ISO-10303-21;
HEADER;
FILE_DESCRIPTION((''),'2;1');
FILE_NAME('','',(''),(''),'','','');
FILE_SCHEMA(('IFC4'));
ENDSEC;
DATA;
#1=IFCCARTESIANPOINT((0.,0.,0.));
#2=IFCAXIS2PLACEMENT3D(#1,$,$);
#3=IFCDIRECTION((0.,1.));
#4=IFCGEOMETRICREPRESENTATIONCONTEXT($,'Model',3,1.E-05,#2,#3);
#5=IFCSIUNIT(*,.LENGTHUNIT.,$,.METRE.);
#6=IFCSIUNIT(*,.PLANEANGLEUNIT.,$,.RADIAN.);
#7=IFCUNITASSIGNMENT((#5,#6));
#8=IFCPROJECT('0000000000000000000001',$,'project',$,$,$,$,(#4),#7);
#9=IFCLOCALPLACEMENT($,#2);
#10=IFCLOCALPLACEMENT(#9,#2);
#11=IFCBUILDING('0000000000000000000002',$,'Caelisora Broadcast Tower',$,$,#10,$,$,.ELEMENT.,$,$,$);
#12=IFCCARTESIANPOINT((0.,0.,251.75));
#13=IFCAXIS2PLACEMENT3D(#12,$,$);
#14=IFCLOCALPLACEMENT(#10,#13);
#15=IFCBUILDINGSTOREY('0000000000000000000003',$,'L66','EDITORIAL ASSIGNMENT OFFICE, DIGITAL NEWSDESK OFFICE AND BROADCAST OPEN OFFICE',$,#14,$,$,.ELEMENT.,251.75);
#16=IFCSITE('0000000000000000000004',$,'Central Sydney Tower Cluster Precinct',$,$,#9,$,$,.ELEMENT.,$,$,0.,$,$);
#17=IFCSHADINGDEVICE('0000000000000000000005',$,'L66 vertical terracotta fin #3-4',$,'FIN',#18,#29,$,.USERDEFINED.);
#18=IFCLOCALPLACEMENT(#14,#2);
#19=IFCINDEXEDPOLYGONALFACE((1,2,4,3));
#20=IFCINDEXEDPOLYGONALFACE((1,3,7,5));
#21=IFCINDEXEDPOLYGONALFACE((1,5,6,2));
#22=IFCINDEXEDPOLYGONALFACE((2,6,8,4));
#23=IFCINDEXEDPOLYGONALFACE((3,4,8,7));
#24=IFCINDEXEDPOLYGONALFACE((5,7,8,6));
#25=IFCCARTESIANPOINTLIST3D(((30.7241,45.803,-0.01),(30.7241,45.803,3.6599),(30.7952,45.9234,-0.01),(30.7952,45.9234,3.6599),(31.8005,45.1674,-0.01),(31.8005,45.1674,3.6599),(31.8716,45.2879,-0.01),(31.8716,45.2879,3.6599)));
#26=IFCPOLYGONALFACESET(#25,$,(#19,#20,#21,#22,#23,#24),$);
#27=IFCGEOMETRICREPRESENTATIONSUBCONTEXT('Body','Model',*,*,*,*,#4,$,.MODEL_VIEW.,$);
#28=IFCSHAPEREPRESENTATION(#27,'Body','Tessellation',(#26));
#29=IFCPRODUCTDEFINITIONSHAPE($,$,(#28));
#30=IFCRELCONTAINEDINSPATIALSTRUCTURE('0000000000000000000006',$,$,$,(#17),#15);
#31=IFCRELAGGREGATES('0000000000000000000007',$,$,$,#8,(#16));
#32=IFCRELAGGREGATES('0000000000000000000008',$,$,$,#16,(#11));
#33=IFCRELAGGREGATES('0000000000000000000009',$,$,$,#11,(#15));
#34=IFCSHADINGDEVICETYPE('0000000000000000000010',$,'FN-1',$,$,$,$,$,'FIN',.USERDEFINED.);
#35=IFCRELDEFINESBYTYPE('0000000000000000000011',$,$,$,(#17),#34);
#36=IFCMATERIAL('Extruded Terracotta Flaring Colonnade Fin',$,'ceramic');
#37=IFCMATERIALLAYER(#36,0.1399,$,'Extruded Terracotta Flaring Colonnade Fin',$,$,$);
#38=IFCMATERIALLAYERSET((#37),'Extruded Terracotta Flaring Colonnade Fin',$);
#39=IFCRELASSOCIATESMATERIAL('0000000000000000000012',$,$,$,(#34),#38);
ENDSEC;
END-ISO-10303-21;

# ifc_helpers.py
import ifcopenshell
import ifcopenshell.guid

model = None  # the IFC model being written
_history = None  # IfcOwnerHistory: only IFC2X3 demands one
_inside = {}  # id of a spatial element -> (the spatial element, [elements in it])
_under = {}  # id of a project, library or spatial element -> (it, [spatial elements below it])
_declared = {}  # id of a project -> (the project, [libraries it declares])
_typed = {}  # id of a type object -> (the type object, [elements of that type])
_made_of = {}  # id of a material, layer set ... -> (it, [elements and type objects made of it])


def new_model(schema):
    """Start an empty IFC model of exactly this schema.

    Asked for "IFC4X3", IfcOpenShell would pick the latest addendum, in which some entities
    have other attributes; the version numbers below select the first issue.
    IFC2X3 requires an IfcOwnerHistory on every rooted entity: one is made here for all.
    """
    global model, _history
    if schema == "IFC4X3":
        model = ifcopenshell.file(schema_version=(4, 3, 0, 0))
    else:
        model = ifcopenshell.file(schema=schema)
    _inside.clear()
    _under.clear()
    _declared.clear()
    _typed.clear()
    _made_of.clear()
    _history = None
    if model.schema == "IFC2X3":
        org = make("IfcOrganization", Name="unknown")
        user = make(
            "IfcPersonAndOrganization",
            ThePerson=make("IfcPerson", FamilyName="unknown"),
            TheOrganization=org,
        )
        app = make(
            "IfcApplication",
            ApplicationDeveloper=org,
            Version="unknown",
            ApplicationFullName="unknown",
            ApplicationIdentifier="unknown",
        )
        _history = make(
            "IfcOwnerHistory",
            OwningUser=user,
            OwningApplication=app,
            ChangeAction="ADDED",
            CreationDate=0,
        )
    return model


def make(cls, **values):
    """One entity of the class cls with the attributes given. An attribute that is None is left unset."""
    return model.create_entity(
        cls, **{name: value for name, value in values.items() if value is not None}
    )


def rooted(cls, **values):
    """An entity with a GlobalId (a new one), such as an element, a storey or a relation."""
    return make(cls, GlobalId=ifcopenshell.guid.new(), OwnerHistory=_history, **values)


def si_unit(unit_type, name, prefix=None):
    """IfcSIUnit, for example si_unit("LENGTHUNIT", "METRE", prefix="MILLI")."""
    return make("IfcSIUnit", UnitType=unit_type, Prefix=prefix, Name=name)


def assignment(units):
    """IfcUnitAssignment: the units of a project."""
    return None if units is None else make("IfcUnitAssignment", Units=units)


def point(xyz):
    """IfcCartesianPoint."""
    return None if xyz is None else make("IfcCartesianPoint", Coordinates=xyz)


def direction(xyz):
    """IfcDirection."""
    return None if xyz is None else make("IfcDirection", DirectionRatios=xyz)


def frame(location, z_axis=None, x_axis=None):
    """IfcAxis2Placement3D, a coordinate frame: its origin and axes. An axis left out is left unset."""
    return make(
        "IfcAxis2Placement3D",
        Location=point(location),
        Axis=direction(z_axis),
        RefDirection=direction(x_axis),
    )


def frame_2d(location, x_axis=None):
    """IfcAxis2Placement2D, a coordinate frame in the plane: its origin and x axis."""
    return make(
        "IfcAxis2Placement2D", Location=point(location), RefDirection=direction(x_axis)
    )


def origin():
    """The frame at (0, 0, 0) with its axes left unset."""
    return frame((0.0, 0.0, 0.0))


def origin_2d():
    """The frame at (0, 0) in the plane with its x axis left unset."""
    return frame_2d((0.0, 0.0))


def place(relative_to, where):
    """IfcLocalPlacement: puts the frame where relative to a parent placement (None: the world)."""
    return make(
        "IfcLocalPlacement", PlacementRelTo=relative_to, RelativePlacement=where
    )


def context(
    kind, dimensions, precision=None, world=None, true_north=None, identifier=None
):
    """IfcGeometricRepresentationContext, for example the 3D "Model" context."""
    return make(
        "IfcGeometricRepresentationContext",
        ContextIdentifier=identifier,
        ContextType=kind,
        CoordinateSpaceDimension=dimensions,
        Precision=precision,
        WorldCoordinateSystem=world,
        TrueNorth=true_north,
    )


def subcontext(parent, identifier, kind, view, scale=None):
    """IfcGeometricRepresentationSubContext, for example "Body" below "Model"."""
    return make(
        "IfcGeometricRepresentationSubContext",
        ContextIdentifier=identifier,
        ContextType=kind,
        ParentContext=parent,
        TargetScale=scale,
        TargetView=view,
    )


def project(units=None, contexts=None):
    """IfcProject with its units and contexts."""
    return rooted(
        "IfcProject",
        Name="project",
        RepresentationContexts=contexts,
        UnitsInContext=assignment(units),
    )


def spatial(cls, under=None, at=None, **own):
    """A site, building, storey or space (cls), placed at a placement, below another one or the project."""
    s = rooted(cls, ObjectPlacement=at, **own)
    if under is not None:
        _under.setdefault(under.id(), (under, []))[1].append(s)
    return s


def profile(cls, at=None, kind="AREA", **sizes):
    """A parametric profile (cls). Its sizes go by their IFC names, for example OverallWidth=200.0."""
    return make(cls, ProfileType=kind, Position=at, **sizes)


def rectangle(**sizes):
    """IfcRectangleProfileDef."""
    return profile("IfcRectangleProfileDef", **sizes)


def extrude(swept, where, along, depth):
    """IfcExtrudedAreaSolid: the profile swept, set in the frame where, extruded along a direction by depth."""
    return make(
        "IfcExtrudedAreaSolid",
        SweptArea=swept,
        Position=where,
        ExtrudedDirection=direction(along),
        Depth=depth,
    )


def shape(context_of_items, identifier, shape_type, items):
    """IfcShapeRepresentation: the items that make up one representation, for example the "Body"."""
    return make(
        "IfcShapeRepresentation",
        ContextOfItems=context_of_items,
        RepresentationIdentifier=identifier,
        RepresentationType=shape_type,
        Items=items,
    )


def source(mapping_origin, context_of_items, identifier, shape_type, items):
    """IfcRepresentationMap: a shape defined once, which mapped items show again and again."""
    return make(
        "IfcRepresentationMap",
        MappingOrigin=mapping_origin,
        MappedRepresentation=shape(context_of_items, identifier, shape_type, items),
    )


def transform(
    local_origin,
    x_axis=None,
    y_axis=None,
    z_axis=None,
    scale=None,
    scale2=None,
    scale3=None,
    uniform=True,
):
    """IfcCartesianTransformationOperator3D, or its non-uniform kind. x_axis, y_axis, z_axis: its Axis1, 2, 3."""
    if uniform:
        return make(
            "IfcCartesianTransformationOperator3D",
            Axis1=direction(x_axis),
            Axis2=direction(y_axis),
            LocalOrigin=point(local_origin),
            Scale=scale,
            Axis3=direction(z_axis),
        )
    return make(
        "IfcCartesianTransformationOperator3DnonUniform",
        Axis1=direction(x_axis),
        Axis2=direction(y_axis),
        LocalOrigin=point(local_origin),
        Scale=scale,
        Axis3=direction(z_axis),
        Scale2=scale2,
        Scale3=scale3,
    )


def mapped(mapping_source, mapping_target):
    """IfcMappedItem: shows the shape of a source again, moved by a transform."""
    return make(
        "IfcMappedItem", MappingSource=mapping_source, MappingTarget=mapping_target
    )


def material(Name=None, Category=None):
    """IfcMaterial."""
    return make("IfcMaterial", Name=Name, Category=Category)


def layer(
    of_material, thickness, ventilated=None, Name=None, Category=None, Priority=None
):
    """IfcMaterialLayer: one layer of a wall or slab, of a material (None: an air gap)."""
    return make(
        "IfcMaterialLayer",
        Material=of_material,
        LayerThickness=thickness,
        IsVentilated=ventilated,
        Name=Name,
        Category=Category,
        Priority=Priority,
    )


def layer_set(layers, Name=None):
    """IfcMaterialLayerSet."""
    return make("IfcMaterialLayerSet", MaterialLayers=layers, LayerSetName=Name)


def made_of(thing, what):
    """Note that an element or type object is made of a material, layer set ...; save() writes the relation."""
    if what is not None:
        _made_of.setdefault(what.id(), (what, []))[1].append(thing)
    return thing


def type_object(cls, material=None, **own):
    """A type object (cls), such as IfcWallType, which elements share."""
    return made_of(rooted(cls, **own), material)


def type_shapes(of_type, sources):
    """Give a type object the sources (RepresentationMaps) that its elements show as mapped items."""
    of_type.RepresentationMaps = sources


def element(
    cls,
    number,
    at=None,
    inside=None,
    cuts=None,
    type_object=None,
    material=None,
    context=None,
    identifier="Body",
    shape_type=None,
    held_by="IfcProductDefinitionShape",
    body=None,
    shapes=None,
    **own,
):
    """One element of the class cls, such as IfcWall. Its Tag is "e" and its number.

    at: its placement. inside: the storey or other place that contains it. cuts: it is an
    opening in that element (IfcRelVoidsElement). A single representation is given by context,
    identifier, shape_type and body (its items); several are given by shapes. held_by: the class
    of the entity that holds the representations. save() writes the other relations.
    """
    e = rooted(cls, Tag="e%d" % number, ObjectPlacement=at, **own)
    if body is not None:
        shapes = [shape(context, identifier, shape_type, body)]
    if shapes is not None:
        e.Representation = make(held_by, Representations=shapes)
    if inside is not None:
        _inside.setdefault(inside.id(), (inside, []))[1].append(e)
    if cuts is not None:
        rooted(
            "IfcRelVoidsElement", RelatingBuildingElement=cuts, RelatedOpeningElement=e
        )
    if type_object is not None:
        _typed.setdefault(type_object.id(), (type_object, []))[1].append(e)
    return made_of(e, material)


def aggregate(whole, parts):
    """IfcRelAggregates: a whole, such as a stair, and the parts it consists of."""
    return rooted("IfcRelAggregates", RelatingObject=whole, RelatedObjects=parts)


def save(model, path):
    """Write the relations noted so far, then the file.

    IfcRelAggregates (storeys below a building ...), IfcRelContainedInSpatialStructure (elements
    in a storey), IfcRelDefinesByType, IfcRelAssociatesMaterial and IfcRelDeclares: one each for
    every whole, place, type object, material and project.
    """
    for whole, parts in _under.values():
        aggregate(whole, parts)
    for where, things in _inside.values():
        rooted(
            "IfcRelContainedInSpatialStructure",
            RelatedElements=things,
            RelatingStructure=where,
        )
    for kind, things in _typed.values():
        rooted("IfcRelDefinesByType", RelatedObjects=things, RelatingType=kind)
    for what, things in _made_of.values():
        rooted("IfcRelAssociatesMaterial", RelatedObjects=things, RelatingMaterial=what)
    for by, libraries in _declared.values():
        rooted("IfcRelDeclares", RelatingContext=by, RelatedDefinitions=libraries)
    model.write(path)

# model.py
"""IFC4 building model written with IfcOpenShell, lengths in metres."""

from ifc_helpers import new_model, si_unit, direction, frame, origin, origin_2d, place, context, subcontext, project, spatial, rectangle, extrude, source, transform, mapped, material, layer, layer_set, type_object, type_shapes, element, save


model = new_model("IFC4")

# Units and contexts
model_context = context("Model", 3, precision=1e-05, world=origin(), true_north=direction((0.0, 1.0)))
body_context = subcontext(model_context, "Body", "Model", "MODEL_VIEW")
ifc_project = project(units=[si_unit("LENGTHUNIT", "METRE"), si_unit("PLANEANGLEUNIT", "RADIAN")], contexts=[model_context])

# Site, building, storey
site_placement = place(None, origin())
site = spatial("IfcSite", under=ifc_project, at=site_placement, Name="Central Sydney Tower Cluster Precinct", CompositionType="ELEMENT", RefElevation=0.0)
building_placement = place(site_placement, origin())
building = spatial("IfcBuilding", under=site, at=building_placement, Name="Caelisora Broadcast Tower", CompositionType="ELEMENT")
storey_placement = place(building_placement, frame((0.0, 0.0, 251.75)))
storey = spatial("IfcBuildingStorey", under=building, at=storey_placement, Name="L66", Description="EDITORIAL ASSIGNMENT OFFICE, DIGITAL NEWSDESK OFFICE AND BROADCAST OPEN OFFICE", CompositionType="ELEMENT", Elevation=251.75)

# Shading device
ifc_material_1 = material(Name="Extruded Terracotta Flaring Colonnade Fin", Category="ceramic")
ifc_layer_1 = layer(ifc_material_1, 0.1399, Name="Extruded Terracotta Flaring Colonnade Fin")
ifc_layer_set_1 = layer_set([ifc_layer_1], Name="Extruded Terracotta Flaring Colonnade Fin")
shading_device_type = type_object("IfcShadingDeviceType", Name="FN-1", ElementType="FIN", PredefinedType="USERDEFINED", material=ifc_layer_set_1)
shared_shape_1 = source(origin(), body_context, "Body", "SweptSolid", [
    extrude(rectangle(XDim=0.1399, YDim=1.25, at=origin_2d()), origin(), (0.0, 0.0, 1.0), 3.6699),
])
type_shapes(shading_device_type, [shared_shape_1])
for number, where, z_axis, x_axis, name in (
    (1, (31.2979, 45.5454, -0.01), (0.0, 0.0, 1.0), (0.50844, 0.861097, 0.0), "L66 vertical terracotta fin #3-4"),
):
    element("IfcShadingDevice", number, at=place(storey_placement, frame(where, z_axis=z_axis, x_axis=x_axis)), inside=storey, type_object=shading_device_type, Name=name, ObjectType="FIN", PredefinedType="USERDEFINED", context=body_context, shape_type="MappedRepresentation", body=[
        mapped(shared_shape_1, transform((0.0, 0.0, 0.0), scale=1.0)),
    ])

save(model, "model.ifc")
